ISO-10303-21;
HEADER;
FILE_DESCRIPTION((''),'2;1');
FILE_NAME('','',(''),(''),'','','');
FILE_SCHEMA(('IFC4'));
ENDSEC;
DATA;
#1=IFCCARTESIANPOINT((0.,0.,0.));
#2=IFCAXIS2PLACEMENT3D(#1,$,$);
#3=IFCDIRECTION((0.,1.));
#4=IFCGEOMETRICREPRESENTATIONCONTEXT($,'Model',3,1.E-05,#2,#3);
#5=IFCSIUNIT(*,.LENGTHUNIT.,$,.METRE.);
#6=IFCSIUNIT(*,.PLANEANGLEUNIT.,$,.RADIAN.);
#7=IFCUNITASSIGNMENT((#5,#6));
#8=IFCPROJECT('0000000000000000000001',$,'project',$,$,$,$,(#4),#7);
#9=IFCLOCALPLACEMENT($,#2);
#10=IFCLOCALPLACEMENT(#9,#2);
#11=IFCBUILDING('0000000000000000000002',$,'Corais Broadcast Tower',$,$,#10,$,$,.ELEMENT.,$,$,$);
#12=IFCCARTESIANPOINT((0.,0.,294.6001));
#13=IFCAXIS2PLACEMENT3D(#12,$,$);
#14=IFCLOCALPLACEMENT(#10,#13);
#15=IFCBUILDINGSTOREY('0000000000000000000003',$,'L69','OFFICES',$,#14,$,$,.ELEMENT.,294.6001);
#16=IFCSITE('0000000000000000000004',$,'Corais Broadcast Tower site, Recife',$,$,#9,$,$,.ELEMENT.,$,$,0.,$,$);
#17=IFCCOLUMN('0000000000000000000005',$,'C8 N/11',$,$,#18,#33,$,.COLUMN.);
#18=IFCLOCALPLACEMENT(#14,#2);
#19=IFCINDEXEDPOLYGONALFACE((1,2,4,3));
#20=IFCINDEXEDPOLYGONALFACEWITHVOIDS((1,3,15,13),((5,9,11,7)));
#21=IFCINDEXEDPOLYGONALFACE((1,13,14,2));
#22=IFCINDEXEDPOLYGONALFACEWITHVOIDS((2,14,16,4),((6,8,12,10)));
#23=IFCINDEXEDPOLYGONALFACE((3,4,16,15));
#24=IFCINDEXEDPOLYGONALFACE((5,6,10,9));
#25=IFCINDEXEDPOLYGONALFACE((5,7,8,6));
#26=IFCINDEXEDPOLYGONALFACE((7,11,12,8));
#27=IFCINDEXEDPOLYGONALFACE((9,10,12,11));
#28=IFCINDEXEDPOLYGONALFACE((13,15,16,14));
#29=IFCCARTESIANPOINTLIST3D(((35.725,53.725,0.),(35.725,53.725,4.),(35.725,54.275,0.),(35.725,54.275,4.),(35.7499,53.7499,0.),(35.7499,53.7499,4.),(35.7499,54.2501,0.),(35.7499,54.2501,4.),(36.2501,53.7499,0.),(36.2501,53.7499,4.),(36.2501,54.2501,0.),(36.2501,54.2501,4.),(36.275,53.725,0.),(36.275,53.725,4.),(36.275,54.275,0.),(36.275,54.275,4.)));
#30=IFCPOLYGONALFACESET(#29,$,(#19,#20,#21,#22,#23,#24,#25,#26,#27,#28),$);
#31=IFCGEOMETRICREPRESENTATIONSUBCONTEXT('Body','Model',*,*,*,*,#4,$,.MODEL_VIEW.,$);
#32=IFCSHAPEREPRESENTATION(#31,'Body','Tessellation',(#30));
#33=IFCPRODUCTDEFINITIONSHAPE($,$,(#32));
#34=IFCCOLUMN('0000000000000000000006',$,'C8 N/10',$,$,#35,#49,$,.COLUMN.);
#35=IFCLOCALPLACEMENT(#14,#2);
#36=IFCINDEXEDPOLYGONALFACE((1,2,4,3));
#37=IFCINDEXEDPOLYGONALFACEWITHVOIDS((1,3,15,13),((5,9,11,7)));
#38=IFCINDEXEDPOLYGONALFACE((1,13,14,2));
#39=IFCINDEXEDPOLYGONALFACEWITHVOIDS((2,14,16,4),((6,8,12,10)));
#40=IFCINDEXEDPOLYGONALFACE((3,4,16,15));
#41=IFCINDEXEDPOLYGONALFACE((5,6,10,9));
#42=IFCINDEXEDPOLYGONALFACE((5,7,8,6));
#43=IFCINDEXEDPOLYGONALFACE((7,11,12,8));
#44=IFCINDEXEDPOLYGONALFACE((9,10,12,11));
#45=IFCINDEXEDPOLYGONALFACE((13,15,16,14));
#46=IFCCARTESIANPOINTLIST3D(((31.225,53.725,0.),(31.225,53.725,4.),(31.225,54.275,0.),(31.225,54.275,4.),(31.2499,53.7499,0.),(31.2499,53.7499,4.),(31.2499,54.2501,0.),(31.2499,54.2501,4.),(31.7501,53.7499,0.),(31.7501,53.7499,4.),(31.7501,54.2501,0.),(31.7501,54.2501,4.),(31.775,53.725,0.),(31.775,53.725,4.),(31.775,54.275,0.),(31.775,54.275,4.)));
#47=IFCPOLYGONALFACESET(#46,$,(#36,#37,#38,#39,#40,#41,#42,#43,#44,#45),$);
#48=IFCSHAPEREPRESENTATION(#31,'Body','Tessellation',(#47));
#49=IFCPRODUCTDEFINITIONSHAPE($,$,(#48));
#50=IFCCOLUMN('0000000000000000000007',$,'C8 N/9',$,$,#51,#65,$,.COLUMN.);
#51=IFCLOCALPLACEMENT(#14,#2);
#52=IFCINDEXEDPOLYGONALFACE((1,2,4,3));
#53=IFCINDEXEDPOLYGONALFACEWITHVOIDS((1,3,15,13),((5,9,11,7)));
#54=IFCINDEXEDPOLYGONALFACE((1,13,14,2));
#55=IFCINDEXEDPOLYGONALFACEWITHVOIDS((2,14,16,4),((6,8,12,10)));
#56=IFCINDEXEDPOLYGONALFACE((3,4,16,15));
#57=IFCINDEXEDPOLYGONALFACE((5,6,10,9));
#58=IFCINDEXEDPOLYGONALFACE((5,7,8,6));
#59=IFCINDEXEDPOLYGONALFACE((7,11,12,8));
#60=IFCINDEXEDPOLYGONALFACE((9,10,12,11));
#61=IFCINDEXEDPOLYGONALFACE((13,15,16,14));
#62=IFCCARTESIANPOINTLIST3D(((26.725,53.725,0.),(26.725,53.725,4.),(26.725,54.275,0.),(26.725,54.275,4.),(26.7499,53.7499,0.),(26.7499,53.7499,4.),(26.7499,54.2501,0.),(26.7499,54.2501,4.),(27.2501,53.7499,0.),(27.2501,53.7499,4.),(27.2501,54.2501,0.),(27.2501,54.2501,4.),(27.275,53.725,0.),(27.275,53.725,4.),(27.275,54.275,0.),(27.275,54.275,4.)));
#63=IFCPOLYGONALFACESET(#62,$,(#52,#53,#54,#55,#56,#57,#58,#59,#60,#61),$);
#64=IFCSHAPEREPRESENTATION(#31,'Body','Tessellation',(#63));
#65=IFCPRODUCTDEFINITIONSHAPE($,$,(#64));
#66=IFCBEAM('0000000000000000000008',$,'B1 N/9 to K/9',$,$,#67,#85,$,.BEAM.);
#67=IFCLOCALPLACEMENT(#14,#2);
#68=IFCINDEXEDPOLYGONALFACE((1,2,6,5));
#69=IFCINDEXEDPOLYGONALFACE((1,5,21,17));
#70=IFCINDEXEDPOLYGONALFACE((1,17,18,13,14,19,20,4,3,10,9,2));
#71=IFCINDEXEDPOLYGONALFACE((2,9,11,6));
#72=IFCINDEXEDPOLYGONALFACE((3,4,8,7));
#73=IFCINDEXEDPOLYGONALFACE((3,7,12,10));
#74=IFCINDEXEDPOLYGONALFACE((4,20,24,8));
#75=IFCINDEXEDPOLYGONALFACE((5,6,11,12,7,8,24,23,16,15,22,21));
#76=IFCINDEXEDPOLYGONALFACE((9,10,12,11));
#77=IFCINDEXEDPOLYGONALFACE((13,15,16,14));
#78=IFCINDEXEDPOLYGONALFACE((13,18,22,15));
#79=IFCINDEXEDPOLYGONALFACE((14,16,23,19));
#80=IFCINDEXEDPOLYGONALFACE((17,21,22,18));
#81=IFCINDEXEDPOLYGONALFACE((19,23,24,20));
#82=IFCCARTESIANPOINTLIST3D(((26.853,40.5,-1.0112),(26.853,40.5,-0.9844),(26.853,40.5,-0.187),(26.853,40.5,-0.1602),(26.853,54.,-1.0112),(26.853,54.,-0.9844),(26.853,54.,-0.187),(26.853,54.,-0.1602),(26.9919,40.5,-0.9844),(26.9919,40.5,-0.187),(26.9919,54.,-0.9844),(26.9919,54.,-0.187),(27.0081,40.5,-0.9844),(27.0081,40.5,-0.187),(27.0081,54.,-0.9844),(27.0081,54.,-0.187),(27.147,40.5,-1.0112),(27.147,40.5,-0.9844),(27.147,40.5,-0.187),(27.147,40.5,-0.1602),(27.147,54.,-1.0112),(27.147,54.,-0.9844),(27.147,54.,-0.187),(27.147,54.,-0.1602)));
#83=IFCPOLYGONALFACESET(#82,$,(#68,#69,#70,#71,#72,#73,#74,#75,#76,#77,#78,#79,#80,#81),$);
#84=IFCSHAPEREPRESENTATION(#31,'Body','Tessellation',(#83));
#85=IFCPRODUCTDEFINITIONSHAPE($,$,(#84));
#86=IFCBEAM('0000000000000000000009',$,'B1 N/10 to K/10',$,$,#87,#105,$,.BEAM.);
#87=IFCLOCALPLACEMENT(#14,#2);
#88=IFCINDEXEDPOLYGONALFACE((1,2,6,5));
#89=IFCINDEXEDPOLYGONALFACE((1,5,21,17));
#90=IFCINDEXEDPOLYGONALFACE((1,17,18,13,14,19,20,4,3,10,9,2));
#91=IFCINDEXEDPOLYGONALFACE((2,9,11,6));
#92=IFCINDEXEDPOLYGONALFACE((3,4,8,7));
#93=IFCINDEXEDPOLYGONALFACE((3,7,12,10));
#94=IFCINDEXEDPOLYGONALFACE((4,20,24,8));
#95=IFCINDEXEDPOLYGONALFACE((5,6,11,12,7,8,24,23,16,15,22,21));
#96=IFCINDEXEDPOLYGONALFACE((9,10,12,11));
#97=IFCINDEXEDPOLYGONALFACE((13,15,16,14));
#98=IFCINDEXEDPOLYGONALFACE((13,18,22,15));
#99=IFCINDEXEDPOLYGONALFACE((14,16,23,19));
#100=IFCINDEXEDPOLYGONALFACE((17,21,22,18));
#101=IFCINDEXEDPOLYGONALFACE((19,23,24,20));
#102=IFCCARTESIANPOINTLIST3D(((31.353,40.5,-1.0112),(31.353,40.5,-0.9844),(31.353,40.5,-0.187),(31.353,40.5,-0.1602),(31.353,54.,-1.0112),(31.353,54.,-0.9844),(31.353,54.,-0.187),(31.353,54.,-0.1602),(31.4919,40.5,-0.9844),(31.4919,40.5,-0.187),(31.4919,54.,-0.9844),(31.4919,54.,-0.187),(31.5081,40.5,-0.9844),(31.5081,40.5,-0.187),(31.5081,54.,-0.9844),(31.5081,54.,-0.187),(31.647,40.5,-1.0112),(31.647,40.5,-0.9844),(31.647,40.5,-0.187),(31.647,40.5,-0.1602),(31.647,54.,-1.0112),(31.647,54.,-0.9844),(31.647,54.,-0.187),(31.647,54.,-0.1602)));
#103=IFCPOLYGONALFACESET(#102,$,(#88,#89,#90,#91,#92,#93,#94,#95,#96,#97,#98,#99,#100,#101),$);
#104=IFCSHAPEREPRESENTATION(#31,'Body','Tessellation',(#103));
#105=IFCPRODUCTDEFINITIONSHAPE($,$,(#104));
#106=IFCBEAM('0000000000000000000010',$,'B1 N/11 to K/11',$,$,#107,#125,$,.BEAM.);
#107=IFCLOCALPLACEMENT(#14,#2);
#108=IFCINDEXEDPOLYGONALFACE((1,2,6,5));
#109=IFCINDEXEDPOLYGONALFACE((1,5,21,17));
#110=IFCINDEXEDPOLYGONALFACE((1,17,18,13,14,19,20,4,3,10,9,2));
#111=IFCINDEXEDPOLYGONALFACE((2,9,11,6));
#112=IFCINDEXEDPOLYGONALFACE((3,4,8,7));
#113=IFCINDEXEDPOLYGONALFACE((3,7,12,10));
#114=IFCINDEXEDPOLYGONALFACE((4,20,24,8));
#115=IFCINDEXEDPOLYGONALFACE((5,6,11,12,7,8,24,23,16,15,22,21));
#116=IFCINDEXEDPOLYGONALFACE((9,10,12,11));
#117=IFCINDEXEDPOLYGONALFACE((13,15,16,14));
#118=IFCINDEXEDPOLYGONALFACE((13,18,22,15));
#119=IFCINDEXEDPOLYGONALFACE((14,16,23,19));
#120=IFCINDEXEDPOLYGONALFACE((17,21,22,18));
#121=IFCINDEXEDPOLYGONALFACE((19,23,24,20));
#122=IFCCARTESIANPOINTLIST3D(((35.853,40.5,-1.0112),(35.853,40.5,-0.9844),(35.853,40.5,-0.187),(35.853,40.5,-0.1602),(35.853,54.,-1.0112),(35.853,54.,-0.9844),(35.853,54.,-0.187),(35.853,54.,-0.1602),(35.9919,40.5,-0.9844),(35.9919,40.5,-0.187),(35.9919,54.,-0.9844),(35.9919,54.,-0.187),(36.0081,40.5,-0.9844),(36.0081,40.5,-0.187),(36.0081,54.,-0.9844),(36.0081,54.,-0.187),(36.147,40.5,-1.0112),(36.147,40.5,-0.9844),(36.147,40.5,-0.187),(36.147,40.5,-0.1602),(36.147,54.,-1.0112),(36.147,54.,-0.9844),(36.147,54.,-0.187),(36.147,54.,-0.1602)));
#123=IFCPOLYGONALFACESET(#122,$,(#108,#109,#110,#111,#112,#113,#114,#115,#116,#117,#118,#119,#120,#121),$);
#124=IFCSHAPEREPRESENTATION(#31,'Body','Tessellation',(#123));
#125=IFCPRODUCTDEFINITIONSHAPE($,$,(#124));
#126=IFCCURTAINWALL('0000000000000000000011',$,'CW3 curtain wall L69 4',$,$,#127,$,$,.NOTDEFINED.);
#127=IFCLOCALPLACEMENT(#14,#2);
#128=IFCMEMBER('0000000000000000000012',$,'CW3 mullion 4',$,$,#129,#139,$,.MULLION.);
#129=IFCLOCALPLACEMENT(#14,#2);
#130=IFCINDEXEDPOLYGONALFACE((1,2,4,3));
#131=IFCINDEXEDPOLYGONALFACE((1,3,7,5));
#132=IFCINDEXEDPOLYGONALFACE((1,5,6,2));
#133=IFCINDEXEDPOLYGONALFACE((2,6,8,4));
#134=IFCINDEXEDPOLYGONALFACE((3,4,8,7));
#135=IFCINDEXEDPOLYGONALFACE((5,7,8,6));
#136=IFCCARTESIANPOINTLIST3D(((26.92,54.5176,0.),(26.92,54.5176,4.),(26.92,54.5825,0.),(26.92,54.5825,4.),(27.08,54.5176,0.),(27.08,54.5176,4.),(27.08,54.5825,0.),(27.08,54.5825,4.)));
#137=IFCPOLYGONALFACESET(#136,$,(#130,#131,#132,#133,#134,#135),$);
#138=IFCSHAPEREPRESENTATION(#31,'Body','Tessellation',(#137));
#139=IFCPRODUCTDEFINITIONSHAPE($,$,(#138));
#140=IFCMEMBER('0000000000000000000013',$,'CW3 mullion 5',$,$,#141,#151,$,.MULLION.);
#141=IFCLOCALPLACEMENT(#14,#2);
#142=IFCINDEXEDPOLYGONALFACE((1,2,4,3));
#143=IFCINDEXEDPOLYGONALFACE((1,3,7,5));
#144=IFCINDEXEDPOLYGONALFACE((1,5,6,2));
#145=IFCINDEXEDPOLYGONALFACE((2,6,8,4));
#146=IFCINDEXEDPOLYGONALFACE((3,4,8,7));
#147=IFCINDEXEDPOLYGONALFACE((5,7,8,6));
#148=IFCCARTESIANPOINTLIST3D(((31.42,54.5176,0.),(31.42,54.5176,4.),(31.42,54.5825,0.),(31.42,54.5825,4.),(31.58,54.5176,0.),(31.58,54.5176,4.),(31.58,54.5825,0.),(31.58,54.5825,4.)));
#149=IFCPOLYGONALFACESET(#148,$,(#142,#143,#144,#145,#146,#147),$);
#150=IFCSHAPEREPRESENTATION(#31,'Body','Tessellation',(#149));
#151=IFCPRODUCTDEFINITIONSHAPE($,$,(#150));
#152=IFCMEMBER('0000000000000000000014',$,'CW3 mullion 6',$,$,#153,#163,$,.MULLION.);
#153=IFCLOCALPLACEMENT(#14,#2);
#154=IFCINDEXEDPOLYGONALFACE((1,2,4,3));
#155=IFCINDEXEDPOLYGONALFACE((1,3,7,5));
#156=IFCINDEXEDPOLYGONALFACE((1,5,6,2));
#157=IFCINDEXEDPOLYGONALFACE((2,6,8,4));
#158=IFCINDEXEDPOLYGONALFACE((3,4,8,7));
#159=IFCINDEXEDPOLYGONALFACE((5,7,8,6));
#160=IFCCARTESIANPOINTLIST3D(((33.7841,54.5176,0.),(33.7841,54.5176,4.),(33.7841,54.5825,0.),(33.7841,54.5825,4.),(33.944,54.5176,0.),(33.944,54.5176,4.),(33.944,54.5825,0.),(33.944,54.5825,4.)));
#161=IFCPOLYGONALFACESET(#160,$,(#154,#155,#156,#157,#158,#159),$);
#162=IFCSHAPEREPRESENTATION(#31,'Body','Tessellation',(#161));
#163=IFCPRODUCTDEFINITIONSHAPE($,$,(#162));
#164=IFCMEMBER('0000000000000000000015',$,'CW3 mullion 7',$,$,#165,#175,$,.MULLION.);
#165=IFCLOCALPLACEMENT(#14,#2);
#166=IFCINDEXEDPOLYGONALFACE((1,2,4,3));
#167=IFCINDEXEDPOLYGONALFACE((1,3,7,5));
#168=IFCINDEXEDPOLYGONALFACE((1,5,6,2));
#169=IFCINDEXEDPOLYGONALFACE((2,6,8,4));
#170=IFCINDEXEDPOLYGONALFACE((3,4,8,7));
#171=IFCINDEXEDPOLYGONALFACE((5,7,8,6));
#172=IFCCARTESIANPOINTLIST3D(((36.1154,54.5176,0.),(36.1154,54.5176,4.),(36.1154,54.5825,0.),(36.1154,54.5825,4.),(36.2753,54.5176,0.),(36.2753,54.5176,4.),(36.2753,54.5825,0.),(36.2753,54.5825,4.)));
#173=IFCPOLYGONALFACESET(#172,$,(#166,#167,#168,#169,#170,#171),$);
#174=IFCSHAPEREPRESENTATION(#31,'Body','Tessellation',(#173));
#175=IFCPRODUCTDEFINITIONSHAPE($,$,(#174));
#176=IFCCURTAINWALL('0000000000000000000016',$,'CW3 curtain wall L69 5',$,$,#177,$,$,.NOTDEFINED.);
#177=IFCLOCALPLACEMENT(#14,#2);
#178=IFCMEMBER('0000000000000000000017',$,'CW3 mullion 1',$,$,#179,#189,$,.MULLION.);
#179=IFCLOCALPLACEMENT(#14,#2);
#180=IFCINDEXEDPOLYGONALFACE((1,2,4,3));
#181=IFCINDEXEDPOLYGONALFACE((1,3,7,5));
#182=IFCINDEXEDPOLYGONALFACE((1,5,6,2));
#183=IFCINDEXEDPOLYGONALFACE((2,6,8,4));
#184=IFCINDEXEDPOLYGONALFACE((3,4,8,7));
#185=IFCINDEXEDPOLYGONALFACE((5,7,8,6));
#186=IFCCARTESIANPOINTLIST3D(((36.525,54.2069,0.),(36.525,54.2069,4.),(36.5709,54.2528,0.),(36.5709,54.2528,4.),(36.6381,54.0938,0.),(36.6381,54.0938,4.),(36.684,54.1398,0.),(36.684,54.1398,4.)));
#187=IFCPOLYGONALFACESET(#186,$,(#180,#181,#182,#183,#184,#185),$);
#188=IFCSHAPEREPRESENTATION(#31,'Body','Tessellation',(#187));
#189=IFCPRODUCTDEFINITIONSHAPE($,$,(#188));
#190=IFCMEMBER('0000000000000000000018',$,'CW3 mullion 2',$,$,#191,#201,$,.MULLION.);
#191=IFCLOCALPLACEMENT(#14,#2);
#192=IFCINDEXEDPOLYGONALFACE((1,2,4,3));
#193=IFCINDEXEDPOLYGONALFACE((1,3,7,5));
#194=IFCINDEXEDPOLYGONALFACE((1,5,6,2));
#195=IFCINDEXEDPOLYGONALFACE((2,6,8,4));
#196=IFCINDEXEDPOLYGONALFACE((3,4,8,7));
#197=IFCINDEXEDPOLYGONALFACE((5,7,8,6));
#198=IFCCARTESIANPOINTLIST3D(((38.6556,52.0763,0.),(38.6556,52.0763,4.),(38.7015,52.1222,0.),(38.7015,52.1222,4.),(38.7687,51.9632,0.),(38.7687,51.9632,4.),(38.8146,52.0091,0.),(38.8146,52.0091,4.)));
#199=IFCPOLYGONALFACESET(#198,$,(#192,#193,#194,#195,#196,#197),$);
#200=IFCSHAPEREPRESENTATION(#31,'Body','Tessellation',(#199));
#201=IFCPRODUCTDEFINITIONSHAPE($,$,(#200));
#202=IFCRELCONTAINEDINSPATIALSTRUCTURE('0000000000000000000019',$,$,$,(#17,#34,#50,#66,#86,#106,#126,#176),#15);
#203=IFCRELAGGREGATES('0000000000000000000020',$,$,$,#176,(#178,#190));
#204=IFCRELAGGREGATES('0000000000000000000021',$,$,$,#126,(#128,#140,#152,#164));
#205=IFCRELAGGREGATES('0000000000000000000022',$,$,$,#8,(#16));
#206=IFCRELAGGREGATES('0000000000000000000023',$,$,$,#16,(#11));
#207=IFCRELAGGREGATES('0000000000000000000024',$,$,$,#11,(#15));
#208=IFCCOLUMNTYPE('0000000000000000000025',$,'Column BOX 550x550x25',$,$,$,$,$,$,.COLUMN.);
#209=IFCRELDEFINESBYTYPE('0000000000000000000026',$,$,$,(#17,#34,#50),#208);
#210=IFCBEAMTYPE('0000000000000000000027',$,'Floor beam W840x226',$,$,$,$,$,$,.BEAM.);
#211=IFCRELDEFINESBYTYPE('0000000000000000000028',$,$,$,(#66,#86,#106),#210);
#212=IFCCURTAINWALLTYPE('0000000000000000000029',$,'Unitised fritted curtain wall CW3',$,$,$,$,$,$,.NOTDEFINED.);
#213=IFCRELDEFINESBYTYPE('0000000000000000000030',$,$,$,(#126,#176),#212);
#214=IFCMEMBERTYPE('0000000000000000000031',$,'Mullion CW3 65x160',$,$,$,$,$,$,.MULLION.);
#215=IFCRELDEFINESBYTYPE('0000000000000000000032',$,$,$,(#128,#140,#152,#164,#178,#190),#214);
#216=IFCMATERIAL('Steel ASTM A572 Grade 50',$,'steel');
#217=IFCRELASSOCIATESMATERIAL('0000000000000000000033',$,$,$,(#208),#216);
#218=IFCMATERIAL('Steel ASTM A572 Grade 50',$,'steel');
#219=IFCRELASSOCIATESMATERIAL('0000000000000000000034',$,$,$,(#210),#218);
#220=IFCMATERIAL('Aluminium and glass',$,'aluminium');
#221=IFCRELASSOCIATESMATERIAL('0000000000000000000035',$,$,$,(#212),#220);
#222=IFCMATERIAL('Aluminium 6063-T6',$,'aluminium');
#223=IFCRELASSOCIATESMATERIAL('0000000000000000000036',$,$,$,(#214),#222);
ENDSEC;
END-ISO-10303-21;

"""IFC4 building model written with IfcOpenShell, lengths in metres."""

from ifc_helpers import new_model, si_unit, direction, frame, origin, origin_2d, place, context, subcontext, project, spatial, rectangle, hollow_rectangle, i_section, extrude, material, material_profile, profile_set, type_object, element, aggregate, save


model = new_model("IFC4")

# Units and contexts
model_context = context("Model", 3, precision=1e-05, world=origin(), true_north=direction((0.0, 1.0)))
body_context = subcontext(model_context, "Body", "Model", "MODEL_VIEW")
ifc_project = project(units=[si_unit("LENGTHUNIT", "METRE"), si_unit("PLANEANGLEUNIT", "RADIAN")], contexts=[model_context])

# Site, building, storey
site_placement = place(None, origin())
site = spatial("IfcSite", under=ifc_project, at=site_placement, Name="Corais Broadcast Tower site, Recife", CompositionType="ELEMENT", RefElevation=0.0)
building_placement = place(site_placement, origin())
building = spatial("IfcBuilding", under=site, at=building_placement, Name="Corais Broadcast Tower", CompositionType="ELEMENT")
storey_placement = place(building_placement, frame((0.0, 0.0, 294.6001)))
storey = spatial("IfcBuildingStorey", under=building, at=storey_placement, Name="L69", Description="OFFICES", CompositionType="ELEMENT", Elevation=294.6001)

# Columns
ifc_material_1 = material(Name="Steel ASTM A572 Grade 50", Category="steel")
ifc_material_profile_1 = material_profile(ifc_material_1, hollow_rectangle(XDim=0.55, YDim=0.55, WallThickness=0.0249, at=origin_2d()), Name="BOX 550x550x25")
ifc_profile_set_1 = profile_set([ifc_material_profile_1], Name="Steel ASTM A572 Grade 50")
column_type = type_object("IfcColumnType", Name="Column BOX 550x550x25", PredefinedType="COLUMN", material=ifc_profile_set_1)
for number, where, z_axis, x_axis, name in (
    (1, (36.0, 54.0, 0.0), (0.0, 0.0, 1.0), (1.0, 0.0, 0.0), "C8 N/11"),
    (2, (31.5, 54.0, 0.0), (0.0, 0.0, 1.0), (1.0, 0.0, 0.0), "C8 N/10"),
    (3, (27.0, 54.0, 0.0), (0.0, 0.0, 1.0), (1.0, 0.0, 0.0), "C8 N/9"),
):
    element("IfcColumn", number, at=place(storey_placement, frame(where, z_axis=z_axis, x_axis=x_axis)), inside=storey, type_object=column_type, Name=name, PredefinedType="COLUMN", context=body_context, shape_type="SweptSolid", body=[
        extrude(hollow_rectangle(XDim=0.55, YDim=0.55, WallThickness=0.0249, at=origin_2d()), origin(), (0.0, 0.0, 1.0), 4.0),
    ])

# Beams
ifc_material_2 = material(Name="Steel ASTM A572 Grade 50", Category="steel")
ifc_material_profile_2 = material_profile(ifc_material_2, i_section(OverallWidth=0.2939, OverallDepth=0.8511, WebThickness=0.0161, FlangeThickness=0.0269, at=origin_2d()), Name="W840x226")
ifc_profile_set_2 = profile_set([ifc_material_profile_2], Name="Steel ASTM A572 Grade 50")
beam_type_1 = type_object("IfcBeamType", Name="Floor beam W840x226", PredefinedType="BEAM", material=ifc_profile_set_2)
for number, where, z_axis, x_axis, name in (
    (4, (27.0, 54.0, -0.5857), (0.0, -1.0, 0.0), (1.0, 0.0, 0.0), "B1 N/9 to K/9"),
    (5, (31.5, 54.0, -0.5857), (0.0, -1.0, 0.0), (1.0, 0.0, 0.0), "B1 N/10 to K/10"),
    (6, (36.0, 54.0, -0.5857), (0.0, -1.0, 0.0), (1.0, 0.0, 0.0), "B1 N/11 to K/11"),
):
    element("IfcBeam", number, at=place(storey_placement, frame(where, z_axis=z_axis, x_axis=x_axis)), inside=storey, type_object=beam_type_1, Name=name, PredefinedType="BEAM", context=body_context, shape_type="SweptSolid", body=[
        extrude(i_section(OverallWidth=0.2939, OverallDepth=0.8511, WebThickness=0.0161, FlangeThickness=0.0269, at=origin_2d()), origin(), (0.0, 0.0, 1.0), 13.5),
    ])

# Curtain walls, members
ifc_material_3 = material(Name="Aluminium and glass", Category="aluminium")
curtain_wall_type = type_object("IfcCurtainWallType", Name="Unitised fritted curtain wall CW3", PredefinedType="NOTDEFINED", material=ifc_material_3)
curtain_wall_1_placement = place(storey_placement, origin())
curtain_wall_1 = element("IfcCurtainWall", 7, at=curtain_wall_1_placement, inside=storey, type_object=curtain_wall_type, Name="CW3 curtain wall L69 4", PredefinedType="NOTDEFINED")
ifc_material_4 = material(Name="Aluminium 6063-T6", Category="aluminium")
ifc_material_profile_3 = material_profile(ifc_material_4, rectangle(XDim=0.0649, YDim=0.1599, at=origin_2d()), Name="Mullion CW3 65x160")
ifc_profile_set_3 = profile_set([ifc_material_profile_3], Name="Aluminium 6063-T6")
member_type_1 = type_object("IfcMemberType", Name="Mullion CW3 65x160", PredefinedType="MULLION", material=ifc_profile_set_3)
member_1_placement = place(storey_placement, frame((27.0, 54.55, 0.0), z_axis=(0.0, 0.0, 1.0), x_axis=(0.0, 1.0, 0.0)))
member_1 = element("IfcMember", 8, at=member_1_placement, type_object=member_type_1, Name="CW3 mullion 4", PredefinedType="MULLION", context=body_context, shape_type="SweptSolid", body=[
    extrude(rectangle(XDim=0.0649, YDim=0.1599, at=origin_2d()), origin(), (0.0, 0.0, 1.0), 4.0),
])
member_2_placement = place(storey_placement, frame((31.5, 54.55, 0.0), z_axis=(0.0, 0.0, 1.0), x_axis=(0.0, 1.0, 0.0)))
member_2 = element("IfcMember", 9, at=member_2_placement, type_object=member_type_1, Name="CW3 mullion 5", PredefinedType="MULLION", context=body_context, shape_type="SweptSolid", body=[
    extrude(rectangle(XDim=0.0649, YDim=0.1599, at=origin_2d()), origin(), (0.0, 0.0, 1.0), 4.0),
])
member_3_placement = place(storey_placement, frame((33.864, 54.55, 0.0), z_axis=(0.0, 0.0, 1.0), x_axis=(0.0, 1.0, 0.0)))
member_3 = element("IfcMember", 10, at=member_3_placement, type_object=member_type_1, Name="CW3 mullion 6", PredefinedType="MULLION", context=body_context, shape_type="SweptSolid", body=[
    extrude(rectangle(XDim=0.0649, YDim=0.1599, at=origin_2d()), origin(), (0.0, 0.0, 1.0), 4.0),
])
member_4_placement = place(storey_placement, frame((36.1953, 54.55, 0.0), z_axis=(0.0, 0.0, 1.0), x_axis=(0.0, 1.0, 0.0)))
member_4 = element("IfcMember", 11, at=member_4_placement, type_object=member_type_1, Name="CW3 mullion 7", PredefinedType="MULLION", context=body_context, shape_type="SweptSolid", body=[
    extrude(rectangle(XDim=0.0649, YDim=0.1599, at=origin_2d()), origin(), (0.0, 0.0, 1.0), 4.0),
])
curtain_wall_2_placement = place(storey_placement, origin())
curtain_wall_2 = element("IfcCurtainWall", 12, at=curtain_wall_2_placement, inside=storey, type_object=curtain_wall_type, Name="CW3 curtain wall L69 5", PredefinedType="NOTDEFINED")
member_5_placement = place(storey_placement, frame((36.6045, 54.1733, 0.0), z_axis=(0.0, 0.0, 1.0), x_axis=(0.707107, 0.707107, 0.0)))
member_5 = element("IfcMember", 13, at=member_5_placement, type_object=member_type_1, Name="CW3 mullion 1", PredefinedType="MULLION", context=body_context, shape_type="SweptSolid", body=[
    extrude(rectangle(XDim=0.0649, YDim=0.1599, at=origin_2d()), origin(), (0.0, 0.0, 1.0), 4.0),
])
member_6_placement = place(storey_placement, frame((38.7351, 52.0427, 0.0), z_axis=(0.0, 0.0, 1.0), x_axis=(0.707107, 0.707107, 0.0)))
member_6 = element("IfcMember", 14, at=member_6_placement, type_object=member_type_1, Name="CW3 mullion 2", PredefinedType="MULLION", context=body_context, shape_type="SweptSolid", body=[
    extrude(rectangle(XDim=0.0649, YDim=0.1599, at=origin_2d()), origin(), (0.0, 0.0, 1.0), 4.0),
])

aggregate(curtain_wall_2, [member_5, member_6])
aggregate(curtain_wall_1, [member_1, member_2, member_3, member_4])

save(model, "model.ifc")
